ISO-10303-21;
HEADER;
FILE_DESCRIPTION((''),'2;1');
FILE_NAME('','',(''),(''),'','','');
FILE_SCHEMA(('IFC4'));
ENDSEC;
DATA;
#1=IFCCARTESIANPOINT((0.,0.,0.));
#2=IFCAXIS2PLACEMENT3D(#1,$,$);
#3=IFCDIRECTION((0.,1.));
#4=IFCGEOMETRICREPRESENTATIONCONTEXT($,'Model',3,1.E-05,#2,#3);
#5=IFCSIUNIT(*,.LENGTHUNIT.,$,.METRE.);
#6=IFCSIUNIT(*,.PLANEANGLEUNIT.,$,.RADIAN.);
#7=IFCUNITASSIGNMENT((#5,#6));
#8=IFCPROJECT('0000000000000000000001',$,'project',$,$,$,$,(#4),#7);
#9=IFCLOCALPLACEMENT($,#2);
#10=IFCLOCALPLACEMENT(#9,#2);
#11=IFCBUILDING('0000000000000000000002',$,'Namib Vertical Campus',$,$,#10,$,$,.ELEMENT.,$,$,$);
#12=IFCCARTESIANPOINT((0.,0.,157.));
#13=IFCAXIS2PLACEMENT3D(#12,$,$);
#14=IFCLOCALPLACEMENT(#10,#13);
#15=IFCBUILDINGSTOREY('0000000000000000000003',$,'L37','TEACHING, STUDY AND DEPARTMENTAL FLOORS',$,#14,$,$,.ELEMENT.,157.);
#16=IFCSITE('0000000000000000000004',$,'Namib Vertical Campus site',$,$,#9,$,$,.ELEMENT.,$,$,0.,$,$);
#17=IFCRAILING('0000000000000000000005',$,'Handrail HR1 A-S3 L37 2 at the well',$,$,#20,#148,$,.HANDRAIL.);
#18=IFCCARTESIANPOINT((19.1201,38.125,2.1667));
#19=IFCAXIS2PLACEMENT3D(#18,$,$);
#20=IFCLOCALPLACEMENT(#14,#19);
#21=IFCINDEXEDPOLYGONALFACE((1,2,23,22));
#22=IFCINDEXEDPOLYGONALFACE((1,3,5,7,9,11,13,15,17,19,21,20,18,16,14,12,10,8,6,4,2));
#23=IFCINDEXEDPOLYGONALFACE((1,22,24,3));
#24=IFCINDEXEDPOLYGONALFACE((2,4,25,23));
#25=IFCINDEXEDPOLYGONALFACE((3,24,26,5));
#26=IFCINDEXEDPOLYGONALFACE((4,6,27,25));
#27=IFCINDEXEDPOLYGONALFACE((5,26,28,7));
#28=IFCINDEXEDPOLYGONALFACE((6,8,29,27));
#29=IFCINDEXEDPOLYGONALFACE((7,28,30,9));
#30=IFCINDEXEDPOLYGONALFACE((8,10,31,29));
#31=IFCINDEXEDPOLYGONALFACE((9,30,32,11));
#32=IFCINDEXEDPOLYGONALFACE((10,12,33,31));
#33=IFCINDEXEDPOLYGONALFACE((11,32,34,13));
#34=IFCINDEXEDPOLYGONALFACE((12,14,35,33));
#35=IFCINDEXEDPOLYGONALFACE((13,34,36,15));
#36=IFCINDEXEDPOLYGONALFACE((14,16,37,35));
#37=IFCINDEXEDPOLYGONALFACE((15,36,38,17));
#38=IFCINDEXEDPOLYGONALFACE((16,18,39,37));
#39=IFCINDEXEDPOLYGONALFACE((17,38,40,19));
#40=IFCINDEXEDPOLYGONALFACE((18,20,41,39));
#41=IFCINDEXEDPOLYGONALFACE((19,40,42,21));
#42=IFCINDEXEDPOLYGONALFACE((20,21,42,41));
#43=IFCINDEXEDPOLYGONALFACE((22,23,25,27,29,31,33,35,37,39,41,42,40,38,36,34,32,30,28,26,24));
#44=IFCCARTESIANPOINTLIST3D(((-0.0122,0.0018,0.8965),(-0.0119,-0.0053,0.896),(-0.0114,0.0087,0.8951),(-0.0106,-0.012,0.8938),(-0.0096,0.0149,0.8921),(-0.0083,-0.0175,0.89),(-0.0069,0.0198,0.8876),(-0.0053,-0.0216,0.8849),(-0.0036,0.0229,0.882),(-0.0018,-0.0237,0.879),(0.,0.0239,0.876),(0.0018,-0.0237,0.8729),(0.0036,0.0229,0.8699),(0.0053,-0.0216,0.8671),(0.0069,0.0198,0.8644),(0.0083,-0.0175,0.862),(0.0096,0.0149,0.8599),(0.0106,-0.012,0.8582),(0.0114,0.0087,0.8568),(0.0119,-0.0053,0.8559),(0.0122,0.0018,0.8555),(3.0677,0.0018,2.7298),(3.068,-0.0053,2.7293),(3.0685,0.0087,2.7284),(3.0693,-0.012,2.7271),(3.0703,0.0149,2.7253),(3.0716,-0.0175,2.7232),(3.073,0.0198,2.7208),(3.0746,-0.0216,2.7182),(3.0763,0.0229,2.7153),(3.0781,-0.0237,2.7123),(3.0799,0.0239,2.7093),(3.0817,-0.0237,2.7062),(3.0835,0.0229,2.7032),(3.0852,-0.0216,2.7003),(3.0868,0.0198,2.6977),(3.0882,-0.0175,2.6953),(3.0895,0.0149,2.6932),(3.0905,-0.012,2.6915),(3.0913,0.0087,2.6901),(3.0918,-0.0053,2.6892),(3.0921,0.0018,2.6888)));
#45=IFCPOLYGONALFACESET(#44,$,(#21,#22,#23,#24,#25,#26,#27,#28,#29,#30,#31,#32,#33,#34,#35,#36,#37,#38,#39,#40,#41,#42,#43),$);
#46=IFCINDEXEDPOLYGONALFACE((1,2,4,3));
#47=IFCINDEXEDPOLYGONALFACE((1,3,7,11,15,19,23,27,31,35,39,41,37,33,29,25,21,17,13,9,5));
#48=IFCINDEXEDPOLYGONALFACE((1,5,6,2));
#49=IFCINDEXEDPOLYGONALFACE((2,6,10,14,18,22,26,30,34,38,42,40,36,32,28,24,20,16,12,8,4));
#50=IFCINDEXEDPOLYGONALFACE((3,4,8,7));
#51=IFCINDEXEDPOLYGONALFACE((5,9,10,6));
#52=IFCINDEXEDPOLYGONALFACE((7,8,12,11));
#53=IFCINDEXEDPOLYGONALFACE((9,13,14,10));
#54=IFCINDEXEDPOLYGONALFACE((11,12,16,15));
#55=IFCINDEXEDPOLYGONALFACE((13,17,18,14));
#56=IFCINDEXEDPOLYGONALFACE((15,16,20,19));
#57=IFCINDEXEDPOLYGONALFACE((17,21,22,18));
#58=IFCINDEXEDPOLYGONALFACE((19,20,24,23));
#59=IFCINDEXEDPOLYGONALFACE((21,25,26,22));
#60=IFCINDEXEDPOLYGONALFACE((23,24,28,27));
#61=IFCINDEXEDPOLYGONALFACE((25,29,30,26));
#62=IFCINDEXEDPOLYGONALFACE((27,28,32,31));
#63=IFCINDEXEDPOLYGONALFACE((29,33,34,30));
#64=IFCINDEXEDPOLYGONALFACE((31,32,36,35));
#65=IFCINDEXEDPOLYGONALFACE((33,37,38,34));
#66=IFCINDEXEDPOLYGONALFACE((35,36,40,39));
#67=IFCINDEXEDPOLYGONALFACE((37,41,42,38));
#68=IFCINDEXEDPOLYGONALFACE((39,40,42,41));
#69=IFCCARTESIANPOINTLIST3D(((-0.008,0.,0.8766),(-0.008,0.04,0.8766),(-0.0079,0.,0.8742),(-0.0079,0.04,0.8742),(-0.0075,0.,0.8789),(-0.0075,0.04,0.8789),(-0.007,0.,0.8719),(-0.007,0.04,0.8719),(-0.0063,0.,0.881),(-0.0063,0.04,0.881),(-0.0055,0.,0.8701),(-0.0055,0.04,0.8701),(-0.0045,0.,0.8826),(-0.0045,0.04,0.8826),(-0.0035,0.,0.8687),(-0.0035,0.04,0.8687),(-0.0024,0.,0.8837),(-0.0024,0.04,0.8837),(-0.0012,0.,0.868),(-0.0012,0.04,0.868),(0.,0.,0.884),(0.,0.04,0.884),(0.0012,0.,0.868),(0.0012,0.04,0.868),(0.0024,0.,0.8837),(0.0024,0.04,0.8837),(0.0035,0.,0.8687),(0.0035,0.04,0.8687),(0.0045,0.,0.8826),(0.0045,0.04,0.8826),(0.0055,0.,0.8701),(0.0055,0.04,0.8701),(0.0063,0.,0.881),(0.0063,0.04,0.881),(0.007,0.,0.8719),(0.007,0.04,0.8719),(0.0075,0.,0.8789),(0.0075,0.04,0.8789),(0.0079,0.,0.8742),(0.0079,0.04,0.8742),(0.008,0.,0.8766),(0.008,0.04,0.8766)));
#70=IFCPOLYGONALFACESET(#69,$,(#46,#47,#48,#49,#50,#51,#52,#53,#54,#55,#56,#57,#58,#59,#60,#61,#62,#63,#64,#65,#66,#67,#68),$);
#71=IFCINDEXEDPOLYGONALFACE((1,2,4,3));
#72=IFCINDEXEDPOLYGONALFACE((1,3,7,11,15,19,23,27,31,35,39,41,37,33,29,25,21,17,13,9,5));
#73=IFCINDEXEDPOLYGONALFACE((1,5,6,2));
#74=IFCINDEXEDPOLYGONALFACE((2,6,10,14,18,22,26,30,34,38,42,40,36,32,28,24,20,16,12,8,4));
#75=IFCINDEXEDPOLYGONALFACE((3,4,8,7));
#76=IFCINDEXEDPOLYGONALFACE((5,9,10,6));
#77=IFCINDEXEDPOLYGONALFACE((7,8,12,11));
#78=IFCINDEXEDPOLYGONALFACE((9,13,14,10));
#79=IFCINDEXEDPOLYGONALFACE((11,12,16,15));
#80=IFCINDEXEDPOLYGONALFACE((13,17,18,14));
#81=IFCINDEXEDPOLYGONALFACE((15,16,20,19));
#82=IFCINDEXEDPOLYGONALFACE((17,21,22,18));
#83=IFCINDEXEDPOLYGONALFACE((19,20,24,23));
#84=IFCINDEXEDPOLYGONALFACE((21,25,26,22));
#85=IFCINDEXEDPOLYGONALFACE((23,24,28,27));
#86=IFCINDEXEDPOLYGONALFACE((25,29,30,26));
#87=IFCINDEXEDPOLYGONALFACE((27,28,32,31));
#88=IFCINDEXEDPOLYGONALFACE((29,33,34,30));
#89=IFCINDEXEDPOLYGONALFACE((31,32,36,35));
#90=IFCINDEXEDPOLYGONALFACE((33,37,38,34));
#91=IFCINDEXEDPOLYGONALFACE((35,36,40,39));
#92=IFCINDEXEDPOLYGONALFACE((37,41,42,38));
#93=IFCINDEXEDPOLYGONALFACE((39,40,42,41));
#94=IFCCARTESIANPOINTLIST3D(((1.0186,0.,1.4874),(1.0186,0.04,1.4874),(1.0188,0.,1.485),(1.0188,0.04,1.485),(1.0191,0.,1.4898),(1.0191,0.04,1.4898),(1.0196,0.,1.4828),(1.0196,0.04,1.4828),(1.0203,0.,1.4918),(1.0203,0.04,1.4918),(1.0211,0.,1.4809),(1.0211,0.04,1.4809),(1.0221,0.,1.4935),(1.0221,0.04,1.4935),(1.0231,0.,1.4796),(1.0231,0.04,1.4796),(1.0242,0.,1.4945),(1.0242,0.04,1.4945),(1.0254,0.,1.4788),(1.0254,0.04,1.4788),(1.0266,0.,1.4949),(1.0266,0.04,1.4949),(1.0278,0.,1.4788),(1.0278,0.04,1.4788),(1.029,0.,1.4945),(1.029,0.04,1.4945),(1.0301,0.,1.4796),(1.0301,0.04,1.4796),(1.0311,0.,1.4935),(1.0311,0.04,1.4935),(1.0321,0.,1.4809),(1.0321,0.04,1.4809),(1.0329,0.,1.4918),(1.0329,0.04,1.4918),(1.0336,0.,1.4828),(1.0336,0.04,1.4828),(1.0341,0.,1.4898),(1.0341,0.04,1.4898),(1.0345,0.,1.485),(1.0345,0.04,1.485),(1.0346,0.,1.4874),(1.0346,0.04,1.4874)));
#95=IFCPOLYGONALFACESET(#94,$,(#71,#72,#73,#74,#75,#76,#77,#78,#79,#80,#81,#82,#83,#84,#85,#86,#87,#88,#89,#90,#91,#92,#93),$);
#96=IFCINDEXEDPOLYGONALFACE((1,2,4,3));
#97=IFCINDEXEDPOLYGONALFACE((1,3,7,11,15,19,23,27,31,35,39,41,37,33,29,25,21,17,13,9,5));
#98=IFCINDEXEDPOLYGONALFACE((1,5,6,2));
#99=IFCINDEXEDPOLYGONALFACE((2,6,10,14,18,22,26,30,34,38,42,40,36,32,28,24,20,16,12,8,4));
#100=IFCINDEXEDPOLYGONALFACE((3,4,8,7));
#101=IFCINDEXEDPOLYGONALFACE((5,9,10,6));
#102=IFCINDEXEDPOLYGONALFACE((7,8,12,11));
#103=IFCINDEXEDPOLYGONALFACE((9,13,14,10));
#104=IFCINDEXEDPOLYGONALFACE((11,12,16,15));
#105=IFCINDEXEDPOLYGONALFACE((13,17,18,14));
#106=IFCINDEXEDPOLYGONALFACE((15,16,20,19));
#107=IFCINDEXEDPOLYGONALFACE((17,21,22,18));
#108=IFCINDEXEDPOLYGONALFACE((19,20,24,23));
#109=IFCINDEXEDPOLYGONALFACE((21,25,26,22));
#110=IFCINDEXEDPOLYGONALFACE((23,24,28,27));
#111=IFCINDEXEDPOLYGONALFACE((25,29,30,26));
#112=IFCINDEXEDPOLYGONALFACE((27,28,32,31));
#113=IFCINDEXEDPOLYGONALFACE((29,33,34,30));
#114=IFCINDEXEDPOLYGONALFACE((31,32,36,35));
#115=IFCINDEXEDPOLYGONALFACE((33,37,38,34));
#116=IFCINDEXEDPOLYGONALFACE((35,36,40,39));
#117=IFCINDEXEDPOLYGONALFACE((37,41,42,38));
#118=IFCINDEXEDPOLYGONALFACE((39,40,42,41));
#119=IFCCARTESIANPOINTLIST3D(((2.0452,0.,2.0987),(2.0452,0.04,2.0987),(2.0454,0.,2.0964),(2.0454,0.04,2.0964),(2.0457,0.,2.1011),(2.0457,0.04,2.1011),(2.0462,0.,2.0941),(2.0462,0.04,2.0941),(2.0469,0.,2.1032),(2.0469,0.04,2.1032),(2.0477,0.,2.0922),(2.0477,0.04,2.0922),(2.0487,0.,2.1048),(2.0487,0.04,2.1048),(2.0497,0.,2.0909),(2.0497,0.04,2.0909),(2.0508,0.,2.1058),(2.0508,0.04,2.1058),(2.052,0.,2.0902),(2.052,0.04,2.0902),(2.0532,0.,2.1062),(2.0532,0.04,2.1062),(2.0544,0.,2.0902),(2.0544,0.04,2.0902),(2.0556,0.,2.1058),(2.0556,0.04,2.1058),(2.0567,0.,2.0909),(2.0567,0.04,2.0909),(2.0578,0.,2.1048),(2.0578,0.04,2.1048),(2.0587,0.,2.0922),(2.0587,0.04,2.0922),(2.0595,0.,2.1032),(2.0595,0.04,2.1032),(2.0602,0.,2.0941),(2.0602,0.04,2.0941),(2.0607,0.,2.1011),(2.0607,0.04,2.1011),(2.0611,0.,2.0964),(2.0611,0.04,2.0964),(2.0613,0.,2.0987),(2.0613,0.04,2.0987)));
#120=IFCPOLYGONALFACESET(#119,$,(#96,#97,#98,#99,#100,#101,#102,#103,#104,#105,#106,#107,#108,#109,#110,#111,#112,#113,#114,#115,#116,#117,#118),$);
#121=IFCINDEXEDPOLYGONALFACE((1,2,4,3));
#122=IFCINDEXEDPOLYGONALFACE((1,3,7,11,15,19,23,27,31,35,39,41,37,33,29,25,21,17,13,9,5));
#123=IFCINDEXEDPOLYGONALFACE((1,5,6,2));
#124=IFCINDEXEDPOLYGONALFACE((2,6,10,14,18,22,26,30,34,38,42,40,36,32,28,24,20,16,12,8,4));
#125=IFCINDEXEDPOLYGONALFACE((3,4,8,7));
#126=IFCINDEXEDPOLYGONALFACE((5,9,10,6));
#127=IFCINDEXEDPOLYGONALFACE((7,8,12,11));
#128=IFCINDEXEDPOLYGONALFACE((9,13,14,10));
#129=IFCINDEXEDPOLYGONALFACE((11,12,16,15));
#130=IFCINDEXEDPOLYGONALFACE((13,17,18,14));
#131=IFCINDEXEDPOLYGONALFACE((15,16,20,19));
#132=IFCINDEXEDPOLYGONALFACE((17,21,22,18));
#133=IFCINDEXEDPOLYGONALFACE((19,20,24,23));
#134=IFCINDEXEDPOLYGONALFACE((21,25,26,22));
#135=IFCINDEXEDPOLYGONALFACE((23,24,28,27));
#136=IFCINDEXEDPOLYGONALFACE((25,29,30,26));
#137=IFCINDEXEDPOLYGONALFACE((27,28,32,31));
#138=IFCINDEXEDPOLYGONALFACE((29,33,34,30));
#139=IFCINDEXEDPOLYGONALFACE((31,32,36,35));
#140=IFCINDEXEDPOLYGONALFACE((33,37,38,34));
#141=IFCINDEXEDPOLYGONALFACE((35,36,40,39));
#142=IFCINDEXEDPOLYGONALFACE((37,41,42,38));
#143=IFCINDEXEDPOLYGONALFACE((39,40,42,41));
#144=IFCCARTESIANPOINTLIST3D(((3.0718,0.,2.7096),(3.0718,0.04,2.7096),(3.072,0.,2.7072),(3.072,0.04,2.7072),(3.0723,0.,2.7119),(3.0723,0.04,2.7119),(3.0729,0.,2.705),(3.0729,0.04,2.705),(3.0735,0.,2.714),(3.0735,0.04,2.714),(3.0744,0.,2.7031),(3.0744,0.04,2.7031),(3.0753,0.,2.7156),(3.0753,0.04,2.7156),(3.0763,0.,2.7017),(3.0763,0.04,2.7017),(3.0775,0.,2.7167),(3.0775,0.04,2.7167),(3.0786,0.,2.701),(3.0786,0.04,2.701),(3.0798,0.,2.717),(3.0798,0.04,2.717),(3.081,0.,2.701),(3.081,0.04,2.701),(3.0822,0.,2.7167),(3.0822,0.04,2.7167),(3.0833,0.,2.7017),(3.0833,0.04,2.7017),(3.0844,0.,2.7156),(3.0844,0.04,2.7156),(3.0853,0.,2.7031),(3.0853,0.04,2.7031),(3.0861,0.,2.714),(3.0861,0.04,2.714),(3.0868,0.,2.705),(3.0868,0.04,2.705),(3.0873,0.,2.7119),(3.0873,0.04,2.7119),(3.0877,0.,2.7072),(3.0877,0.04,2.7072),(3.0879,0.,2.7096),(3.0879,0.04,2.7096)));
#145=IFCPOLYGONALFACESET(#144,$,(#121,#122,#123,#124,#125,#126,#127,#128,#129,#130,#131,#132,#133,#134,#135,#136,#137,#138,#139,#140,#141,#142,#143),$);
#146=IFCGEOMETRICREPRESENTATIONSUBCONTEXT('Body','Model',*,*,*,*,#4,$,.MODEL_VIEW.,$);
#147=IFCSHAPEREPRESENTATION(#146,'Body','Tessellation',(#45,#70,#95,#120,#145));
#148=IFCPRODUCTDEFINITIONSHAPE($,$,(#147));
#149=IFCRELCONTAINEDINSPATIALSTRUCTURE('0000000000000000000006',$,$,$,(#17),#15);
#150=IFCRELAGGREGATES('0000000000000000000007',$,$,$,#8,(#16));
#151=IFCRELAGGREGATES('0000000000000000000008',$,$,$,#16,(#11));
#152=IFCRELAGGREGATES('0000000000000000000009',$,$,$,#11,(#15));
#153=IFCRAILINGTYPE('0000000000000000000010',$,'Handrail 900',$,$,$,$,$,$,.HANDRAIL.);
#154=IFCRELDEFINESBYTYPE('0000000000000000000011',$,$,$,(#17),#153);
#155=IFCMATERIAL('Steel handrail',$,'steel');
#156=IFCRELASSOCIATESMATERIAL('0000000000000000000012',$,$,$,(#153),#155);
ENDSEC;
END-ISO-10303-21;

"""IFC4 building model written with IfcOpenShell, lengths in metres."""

from ifc_helpers import new_model, si_unit, direction, frame, origin, origin_2d, place, context, subcontext, project, spatial, circle, extrude, material, type_object, element, save


model = new_model("IFC4")

# Units and contexts
model_context = context("Model", 3, precision=1e-05, world=origin(), true_north=direction((0.0, 1.0)))
body_context = subcontext(model_context, "Body", "Model", "MODEL_VIEW")
ifc_project = project(units=[si_unit("LENGTHUNIT", "METRE"), si_unit("PLANEANGLEUNIT", "RADIAN")], contexts=[model_context])

# Site, building, storey
site_placement = place(None, origin())
site = spatial("IfcSite", under=ifc_project, at=site_placement, Name="Namib Vertical Campus site", CompositionType="ELEMENT", RefElevation=0.0)
building_placement = place(site_placement, origin())
building = spatial("IfcBuilding", under=site, at=building_placement, Name="Namib Vertical Campus", CompositionType="ELEMENT")
storey_placement = place(building_placement, frame((0.0, 0.0, 157.0)))
storey = spatial("IfcBuildingStorey", under=building, at=storey_placement, Name="L37", Description="TEACHING, STUDY AND DEPARTMENTAL FLOORS", CompositionType="ELEMENT", Elevation=157.0)

# Railing
ifc_material_1 = material(Name="Steel handrail", Category="steel")
railing_type_1 = type_object("IfcRailingType", Name="Handrail 900", PredefinedType="HANDRAIL", material=ifc_material_1)
railing_1_placement = place(storey_placement, frame((19.1201, 38.125, 2.1667)))
element("IfcRailing", 1, at=railing_1_placement, inside=storey, type_object=railing_type_1, Name="Handrail HR1 A-S3 L37 2 at the well", PredefinedType="HANDRAIL", context=body_context, shape_type="SweptSolid", body=[
    extrude(circle(Radius=0.0239, at=origin_2d()), frame((0.0, 0.0, 0.876), z_axis=(0.859291, 0.0, 0.511487), x_axis=(0.0, 1.0, 0.0)), (0.0, 0.0, 1.0), 3.5842),
    extrude(circle(Radius=0.0081, at=origin_2d()), frame((0.0, 0.0, 0.876), z_axis=(0.0, 1.0, 0.0), x_axis=(0.0, 0.0, 1.0)), (0.0, 0.0, 1.0), 0.04),
    extrude(circle(Radius=0.0081, at=origin_2d()), frame((1.0266, 0.0, 1.4868), z_axis=(0.0, 1.0, 0.0), x_axis=(0.0, 0.0, 1.0)), (0.0, 0.0, 1.0), 0.04),
    extrude(circle(Radius=0.0081, at=origin_2d()), frame((2.0532, 0.0, 2.0981), z_axis=(0.0, 1.0, 0.0), x_axis=(0.0, 0.0, 1.0)), (0.0, 0.0, 1.0), 0.04),
    extrude(circle(Radius=0.0081, at=origin_2d()), frame((3.0798, 0.0, 2.709), z_axis=(0.0, 1.0, 0.0), x_axis=(0.0, 0.0, 1.0)), (0.0, 0.0, 1.0), 0.04),
])

save(model, "model.ifc")
